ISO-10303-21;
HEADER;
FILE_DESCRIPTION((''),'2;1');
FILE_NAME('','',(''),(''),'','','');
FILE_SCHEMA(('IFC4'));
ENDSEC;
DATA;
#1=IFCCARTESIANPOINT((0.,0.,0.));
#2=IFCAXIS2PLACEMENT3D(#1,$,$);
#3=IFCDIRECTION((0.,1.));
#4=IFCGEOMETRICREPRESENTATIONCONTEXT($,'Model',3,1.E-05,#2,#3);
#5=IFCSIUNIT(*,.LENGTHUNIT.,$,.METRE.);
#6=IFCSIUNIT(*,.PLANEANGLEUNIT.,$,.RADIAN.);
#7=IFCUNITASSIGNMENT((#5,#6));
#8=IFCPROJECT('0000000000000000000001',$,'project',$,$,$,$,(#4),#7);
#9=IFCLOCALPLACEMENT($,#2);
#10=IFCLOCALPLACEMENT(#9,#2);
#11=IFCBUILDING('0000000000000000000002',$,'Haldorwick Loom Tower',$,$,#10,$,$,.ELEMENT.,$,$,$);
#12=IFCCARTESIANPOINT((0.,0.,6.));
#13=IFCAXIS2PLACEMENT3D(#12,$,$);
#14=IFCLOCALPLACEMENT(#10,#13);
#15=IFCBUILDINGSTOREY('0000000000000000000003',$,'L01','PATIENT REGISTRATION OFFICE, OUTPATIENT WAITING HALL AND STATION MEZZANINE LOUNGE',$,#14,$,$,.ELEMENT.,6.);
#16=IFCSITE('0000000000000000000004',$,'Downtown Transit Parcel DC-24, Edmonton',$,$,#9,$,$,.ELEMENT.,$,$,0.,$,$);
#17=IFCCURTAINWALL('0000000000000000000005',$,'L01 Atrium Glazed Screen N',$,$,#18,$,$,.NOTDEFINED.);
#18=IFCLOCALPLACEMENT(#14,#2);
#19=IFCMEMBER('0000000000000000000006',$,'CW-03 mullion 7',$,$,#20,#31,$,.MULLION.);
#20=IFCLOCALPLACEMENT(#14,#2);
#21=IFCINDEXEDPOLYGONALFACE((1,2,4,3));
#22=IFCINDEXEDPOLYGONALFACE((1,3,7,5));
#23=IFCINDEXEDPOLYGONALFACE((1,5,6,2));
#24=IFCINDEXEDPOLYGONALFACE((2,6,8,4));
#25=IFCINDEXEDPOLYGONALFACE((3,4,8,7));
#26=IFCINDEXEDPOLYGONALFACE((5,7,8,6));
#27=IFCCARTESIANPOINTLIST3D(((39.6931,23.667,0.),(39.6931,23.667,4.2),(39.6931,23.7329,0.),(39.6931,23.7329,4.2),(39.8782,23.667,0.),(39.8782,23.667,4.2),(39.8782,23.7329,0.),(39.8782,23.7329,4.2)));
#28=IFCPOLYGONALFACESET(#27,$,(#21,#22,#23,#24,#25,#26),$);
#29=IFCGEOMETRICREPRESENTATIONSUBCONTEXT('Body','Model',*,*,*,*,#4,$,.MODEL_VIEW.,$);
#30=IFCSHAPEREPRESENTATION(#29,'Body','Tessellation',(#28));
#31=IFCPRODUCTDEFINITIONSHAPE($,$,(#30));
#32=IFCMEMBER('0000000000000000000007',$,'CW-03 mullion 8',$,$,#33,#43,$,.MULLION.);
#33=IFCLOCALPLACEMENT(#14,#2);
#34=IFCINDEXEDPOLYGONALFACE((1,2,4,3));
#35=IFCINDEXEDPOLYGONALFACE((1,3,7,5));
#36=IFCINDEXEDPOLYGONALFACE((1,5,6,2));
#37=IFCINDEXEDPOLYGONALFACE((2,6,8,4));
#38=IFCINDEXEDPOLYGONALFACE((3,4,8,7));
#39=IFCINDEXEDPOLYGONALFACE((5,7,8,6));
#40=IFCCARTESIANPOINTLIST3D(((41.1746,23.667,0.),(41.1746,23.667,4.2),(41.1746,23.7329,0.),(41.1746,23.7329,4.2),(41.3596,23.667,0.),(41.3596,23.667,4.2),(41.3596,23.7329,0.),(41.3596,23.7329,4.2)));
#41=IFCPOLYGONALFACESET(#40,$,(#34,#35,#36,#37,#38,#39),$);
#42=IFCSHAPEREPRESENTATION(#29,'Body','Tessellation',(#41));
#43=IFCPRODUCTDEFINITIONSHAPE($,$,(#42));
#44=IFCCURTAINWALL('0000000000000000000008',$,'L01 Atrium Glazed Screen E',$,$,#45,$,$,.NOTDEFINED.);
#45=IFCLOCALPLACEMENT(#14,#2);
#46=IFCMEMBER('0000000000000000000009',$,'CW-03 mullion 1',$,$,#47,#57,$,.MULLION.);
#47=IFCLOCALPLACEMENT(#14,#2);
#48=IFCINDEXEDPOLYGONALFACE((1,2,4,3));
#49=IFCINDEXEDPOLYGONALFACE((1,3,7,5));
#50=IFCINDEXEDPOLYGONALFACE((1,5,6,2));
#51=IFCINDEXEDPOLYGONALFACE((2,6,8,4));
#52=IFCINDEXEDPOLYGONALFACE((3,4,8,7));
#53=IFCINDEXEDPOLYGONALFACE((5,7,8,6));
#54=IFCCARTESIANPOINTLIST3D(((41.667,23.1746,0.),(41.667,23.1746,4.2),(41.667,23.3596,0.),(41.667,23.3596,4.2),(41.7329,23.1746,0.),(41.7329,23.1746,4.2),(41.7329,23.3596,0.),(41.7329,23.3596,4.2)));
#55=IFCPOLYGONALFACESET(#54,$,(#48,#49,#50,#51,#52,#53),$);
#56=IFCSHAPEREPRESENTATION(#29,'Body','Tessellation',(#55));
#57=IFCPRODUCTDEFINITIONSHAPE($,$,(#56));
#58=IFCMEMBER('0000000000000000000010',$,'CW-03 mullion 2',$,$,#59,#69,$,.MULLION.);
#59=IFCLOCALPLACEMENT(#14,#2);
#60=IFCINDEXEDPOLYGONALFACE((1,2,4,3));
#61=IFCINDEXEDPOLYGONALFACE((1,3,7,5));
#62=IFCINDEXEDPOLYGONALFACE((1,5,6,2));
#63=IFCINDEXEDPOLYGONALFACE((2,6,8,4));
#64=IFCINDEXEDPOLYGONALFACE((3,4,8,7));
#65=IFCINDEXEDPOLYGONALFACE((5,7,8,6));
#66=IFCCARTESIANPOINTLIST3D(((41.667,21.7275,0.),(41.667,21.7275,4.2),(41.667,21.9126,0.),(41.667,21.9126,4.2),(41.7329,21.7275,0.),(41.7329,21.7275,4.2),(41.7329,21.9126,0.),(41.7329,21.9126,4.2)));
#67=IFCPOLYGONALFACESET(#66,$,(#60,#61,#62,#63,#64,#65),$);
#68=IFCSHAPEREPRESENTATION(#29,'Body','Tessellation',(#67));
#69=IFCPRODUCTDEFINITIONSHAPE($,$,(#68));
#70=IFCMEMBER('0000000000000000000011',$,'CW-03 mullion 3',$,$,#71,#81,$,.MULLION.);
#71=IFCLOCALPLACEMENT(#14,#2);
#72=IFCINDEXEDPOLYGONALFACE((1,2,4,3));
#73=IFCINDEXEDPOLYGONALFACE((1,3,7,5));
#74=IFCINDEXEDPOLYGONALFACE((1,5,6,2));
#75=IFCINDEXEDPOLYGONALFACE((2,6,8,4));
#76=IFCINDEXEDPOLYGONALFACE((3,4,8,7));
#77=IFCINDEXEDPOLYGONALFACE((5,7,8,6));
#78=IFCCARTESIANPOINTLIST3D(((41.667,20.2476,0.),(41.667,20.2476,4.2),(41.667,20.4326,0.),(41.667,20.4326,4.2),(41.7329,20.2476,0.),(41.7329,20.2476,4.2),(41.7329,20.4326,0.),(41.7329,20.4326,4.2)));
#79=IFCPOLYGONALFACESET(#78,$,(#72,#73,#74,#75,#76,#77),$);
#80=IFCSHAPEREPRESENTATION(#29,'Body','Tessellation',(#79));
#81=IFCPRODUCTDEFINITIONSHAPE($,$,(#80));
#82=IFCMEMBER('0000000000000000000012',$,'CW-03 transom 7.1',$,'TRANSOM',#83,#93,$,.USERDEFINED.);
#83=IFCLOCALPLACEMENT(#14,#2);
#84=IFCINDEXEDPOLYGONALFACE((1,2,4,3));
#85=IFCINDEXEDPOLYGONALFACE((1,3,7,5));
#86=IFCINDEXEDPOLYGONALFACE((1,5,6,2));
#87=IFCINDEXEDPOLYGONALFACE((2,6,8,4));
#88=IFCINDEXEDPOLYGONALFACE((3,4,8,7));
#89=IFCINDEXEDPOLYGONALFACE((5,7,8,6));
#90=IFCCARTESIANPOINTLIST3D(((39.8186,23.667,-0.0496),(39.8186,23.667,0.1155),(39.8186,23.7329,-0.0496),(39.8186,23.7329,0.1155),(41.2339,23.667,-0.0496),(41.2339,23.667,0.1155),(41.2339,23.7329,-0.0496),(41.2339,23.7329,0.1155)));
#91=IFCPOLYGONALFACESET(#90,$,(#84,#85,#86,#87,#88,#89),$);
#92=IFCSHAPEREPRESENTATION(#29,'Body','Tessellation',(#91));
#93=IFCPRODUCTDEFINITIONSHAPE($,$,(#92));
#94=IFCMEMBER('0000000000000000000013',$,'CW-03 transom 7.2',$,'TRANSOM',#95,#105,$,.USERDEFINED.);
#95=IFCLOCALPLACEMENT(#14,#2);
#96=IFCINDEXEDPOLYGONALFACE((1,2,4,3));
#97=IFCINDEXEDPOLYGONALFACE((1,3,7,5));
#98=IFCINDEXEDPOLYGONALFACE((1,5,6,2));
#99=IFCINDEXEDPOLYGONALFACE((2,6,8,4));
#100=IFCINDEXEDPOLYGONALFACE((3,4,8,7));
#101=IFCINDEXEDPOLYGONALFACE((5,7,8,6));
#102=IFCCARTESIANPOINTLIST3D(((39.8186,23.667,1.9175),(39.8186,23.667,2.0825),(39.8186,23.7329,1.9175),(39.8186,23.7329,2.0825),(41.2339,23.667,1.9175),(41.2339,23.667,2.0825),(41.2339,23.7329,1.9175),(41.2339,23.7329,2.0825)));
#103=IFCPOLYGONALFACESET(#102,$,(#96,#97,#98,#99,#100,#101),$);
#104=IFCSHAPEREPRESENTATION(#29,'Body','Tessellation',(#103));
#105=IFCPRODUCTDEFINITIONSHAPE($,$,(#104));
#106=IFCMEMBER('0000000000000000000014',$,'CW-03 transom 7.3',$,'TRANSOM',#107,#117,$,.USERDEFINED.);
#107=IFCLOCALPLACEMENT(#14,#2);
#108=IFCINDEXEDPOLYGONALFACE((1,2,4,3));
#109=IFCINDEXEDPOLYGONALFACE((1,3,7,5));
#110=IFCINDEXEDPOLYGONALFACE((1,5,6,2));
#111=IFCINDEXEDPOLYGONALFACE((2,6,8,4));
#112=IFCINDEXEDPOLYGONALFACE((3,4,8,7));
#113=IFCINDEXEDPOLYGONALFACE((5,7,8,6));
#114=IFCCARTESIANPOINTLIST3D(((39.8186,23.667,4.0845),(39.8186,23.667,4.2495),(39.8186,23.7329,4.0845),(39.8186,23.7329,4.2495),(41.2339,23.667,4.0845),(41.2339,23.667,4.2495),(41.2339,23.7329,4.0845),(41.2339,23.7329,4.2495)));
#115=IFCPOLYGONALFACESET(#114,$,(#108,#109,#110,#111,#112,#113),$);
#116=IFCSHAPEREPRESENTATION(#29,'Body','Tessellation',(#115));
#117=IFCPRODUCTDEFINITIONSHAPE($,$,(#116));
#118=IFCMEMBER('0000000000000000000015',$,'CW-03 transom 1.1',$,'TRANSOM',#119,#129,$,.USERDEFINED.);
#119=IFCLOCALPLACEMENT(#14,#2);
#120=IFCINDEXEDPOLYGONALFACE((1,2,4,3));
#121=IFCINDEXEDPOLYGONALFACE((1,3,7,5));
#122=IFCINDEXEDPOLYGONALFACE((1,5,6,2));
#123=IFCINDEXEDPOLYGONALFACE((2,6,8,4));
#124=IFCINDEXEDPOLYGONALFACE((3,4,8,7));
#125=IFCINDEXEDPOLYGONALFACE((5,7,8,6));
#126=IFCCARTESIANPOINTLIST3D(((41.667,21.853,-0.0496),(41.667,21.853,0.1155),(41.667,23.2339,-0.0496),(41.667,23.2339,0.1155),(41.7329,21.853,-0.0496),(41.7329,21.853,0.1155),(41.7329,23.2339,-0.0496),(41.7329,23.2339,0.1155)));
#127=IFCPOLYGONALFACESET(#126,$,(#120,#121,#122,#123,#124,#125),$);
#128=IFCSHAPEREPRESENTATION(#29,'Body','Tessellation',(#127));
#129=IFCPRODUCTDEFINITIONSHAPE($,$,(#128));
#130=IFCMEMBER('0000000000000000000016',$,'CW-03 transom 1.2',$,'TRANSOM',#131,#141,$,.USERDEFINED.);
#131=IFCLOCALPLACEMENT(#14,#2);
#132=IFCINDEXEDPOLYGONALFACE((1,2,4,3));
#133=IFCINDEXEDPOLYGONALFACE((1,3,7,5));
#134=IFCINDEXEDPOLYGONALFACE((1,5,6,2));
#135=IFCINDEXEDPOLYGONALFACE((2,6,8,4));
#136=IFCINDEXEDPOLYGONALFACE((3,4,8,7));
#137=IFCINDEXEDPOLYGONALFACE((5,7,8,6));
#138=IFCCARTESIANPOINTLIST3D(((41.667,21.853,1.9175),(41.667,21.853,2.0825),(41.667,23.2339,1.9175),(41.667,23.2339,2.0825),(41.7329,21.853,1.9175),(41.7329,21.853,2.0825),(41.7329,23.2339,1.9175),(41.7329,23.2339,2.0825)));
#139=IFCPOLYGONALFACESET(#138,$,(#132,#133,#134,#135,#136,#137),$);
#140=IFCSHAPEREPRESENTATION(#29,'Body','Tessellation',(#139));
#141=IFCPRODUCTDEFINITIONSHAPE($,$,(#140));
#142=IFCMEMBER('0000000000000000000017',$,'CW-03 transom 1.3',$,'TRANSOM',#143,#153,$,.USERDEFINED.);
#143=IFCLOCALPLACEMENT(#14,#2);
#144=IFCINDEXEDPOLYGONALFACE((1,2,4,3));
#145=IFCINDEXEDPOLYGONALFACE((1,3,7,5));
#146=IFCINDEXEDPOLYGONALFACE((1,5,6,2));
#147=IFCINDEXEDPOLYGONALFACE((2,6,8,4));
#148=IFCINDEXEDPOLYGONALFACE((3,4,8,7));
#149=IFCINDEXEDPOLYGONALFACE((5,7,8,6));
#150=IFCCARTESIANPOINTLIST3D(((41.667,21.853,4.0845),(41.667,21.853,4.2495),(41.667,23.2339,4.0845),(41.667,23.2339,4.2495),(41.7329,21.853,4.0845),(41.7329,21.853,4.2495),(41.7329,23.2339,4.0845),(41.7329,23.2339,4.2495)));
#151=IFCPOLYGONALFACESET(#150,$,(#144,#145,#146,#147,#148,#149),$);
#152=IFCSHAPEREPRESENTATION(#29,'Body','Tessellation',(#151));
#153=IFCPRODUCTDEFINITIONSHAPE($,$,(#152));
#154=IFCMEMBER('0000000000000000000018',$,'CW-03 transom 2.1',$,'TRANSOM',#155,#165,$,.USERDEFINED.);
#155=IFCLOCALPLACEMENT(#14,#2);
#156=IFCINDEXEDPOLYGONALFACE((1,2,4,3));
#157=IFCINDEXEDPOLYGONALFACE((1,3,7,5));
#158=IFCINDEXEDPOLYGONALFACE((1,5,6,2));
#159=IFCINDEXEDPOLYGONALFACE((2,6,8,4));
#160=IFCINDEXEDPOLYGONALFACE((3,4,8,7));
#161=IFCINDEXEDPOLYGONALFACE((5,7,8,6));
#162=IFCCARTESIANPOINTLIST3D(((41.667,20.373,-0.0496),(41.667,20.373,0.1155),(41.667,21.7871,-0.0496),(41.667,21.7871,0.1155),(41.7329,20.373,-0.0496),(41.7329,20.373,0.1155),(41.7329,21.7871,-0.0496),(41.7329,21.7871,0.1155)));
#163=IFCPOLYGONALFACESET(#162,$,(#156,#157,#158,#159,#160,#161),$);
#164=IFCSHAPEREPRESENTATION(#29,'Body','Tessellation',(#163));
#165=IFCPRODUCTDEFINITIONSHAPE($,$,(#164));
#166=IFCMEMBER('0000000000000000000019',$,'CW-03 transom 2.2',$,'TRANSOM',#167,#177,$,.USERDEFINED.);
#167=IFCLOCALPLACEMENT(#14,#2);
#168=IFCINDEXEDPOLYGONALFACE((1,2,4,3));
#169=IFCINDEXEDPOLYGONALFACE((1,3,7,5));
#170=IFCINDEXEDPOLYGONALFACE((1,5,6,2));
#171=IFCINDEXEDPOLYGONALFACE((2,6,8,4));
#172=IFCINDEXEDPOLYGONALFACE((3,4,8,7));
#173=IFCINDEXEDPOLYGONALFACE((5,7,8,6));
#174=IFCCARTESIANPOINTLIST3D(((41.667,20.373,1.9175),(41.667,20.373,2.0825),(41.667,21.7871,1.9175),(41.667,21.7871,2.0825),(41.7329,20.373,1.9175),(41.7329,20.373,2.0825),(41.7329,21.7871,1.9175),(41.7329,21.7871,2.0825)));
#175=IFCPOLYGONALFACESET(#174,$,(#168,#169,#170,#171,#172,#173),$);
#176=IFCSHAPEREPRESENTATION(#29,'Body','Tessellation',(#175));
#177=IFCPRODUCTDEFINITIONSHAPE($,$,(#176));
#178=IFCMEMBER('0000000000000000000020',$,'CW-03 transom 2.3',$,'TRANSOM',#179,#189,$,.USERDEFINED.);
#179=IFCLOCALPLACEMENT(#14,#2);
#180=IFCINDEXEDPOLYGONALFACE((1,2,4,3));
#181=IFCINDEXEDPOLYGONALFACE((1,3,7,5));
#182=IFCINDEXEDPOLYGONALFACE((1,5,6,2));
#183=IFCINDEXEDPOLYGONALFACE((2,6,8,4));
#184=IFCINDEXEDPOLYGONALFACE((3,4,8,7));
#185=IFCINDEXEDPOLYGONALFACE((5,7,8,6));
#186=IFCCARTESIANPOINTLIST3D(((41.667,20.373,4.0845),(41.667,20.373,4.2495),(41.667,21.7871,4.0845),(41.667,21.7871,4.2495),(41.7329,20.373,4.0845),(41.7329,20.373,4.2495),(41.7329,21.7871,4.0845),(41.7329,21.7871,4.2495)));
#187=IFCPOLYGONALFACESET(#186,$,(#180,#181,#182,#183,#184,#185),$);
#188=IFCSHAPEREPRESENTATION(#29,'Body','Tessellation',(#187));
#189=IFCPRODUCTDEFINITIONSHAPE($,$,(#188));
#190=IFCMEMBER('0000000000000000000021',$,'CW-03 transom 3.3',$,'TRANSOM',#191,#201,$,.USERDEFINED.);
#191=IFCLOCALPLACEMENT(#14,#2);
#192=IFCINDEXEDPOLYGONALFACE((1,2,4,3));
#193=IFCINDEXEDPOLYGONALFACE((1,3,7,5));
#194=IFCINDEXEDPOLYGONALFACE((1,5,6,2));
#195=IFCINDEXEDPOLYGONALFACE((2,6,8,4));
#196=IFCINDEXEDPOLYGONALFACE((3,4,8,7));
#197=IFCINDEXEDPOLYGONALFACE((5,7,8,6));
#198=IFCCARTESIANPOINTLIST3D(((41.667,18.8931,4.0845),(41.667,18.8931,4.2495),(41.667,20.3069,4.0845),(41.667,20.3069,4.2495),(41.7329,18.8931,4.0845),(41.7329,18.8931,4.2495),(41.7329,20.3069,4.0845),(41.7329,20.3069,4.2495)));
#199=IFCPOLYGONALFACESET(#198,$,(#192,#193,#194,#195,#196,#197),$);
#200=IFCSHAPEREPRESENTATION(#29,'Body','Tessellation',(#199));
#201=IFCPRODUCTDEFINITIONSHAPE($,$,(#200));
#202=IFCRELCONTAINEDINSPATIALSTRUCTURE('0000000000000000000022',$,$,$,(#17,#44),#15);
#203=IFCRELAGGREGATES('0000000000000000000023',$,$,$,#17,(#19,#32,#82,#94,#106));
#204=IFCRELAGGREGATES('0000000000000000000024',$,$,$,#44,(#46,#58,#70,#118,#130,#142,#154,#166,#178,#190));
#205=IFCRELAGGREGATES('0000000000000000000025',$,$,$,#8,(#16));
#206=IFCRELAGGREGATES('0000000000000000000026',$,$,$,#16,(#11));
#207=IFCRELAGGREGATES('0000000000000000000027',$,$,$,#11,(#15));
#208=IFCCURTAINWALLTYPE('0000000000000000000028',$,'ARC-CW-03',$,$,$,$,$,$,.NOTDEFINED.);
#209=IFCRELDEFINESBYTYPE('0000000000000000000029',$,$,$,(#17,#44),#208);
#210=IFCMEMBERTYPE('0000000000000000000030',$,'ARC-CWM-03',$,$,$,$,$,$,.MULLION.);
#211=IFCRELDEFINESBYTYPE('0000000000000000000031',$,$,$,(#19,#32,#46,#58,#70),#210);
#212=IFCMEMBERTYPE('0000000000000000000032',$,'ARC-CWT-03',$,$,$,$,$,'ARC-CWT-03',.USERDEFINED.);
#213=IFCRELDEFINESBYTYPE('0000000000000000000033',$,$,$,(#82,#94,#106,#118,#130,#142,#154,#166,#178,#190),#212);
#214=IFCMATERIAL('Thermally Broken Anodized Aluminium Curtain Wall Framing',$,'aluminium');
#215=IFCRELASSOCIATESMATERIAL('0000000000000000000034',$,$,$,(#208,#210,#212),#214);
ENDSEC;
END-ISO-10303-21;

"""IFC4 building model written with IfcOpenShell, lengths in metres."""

from ifc_helpers import new_model, si_unit, direction, frame, origin, origin_2d, place, context, subcontext, project, spatial, rectangle, extrude, material, material_profile, profile_set, type_object, element, aggregate, save


model = new_model("IFC4")

# Units and contexts
model_context = context("Model", 3, precision=1e-05, world=origin(), true_north=direction((0.0, 1.0)))
body_context = subcontext(model_context, "Body", "Model", "MODEL_VIEW")
ifc_project = project(units=[si_unit("LENGTHUNIT", "METRE"), si_unit("PLANEANGLEUNIT", "RADIAN")], contexts=[model_context])

# Site, building, storey
site_placement = place(None, origin())
site = spatial("IfcSite", under=ifc_project, at=site_placement, Name="Downtown Transit Parcel DC-24, Edmonton", CompositionType="ELEMENT", RefElevation=0.0)
building_placement = place(site_placement, origin())
building = spatial("IfcBuilding", under=site, at=building_placement, Name="Haldorwick Loom Tower", CompositionType="ELEMENT")
storey_placement = place(building_placement, frame((0.0, 0.0, 6.0)))
storey = spatial("IfcBuildingStorey", under=building, at=storey_placement, Name="L01", Description="PATIENT REGISTRATION OFFICE, OUTPATIENT WAITING HALL AND STATION MEZZANINE LOUNGE", CompositionType="ELEMENT", Elevation=6.0)

# Curtain walls, members
ifc_material_1 = material(Name="Thermally Broken Anodized Aluminium Curtain Wall Framing", Category="aluminium")
curtain_wall_type = type_object("IfcCurtainWallType", Name="ARC-CW-03", PredefinedType="NOTDEFINED", material=ifc_material_1)
curtain_wall_1_placement = place(storey_placement, origin())
curtain_wall_1 = element("IfcCurtainWall", 1, at=curtain_wall_1_placement, inside=storey, type_object=curtain_wall_type, Name="L01 Atrium Glazed Screen N", PredefinedType="NOTDEFINED")
ifc_material_profile_1 = material_profile(ifc_material_1, rectangle(XDim=0.0659, YDim=0.1851, at=origin_2d()), Name="ALU_MUL_66X185", Category="aluminium")
ifc_profile_set_1 = profile_set([ifc_material_profile_1], Name="Thermally Broken Anodized Aluminium Curtain Wall Framing")
member_type_1 = type_object("IfcMemberType", Name="ARC-CWM-03", PredefinedType="MULLION", material=ifc_profile_set_1)
member_1_placement = place(storey_placement, frame((39.7856, 23.7, 0.0), z_axis=(0.0, 0.0, 1.0), x_axis=(0.0, 1.0, 0.0)))
member_1 = element("IfcMember", 2, at=member_1_placement, type_object=member_type_1, Name="CW-03 mullion 7", PredefinedType="MULLION", context=body_context, shape_type="SweptSolid", body=[
    extrude(rectangle(XDim=0.0659, YDim=0.1851, at=origin_2d()), origin(), (0.0, 0.0, 1.0), 4.2),
])
member_2_placement = place(storey_placement, frame((41.2671, 23.7, 0.0), z_axis=(0.0, 0.0, 1.0), x_axis=(0.0, 1.0, 0.0)))
member_2 = element("IfcMember", 3, at=member_2_placement, type_object=member_type_1, Name="CW-03 mullion 8", PredefinedType="MULLION", context=body_context, shape_type="SweptSolid", body=[
    extrude(rectangle(XDim=0.0659, YDim=0.1851, at=origin_2d()), origin(), (0.0, 0.0, 1.0), 4.2),
])
curtain_wall_2_placement = place(storey_placement, origin())
curtain_wall_2 = element("IfcCurtainWall", 4, at=curtain_wall_2_placement, inside=storey, type_object=curtain_wall_type, Name="L01 Atrium Glazed Screen E", PredefinedType="NOTDEFINED")
member_3_placement = place(storey_placement, frame((41.7, 23.2671, 0.0), z_axis=(0.0, 0.0, 1.0), x_axis=(1.0, 0.0, 0.0)))
member_3 = element("IfcMember", 5, at=member_3_placement, type_object=member_type_1, Name="CW-03 mullion 1", PredefinedType="MULLION", context=body_context, shape_type="SweptSolid", body=[
    extrude(rectangle(XDim=0.0659, YDim=0.1851, at=origin_2d()), origin(), (0.0, 0.0, 1.0), 4.2),
])
member_4_placement = place(storey_placement, frame((41.7, 21.8201, 0.0), z_axis=(0.0, 0.0, 1.0), x_axis=(1.0, 0.0, 0.0)))
member_4 = element("IfcMember", 6, at=member_4_placement, type_object=member_type_1, Name="CW-03 mullion 2", PredefinedType="MULLION", context=body_context, shape_type="SweptSolid", body=[
    extrude(rectangle(XDim=0.0659, YDim=0.1851, at=origin_2d()), origin(), (0.0, 0.0, 1.0), 4.2),
])
member_5_placement = place(storey_placement, frame((41.7, 20.3401, 0.0), z_axis=(0.0, 0.0, 1.0), x_axis=(1.0, 0.0, 0.0)))
member_5 = element("IfcMember", 7, at=member_5_placement, type_object=member_type_1, Name="CW-03 mullion 3", PredefinedType="MULLION", context=body_context, shape_type="SweptSolid", body=[
    extrude(rectangle(XDim=0.0659, YDim=0.1851, at=origin_2d()), origin(), (0.0, 0.0, 1.0), 4.2),
])

# Members
ifc_material_profile_2 = material_profile(ifc_material_1, rectangle(XDim=0.0659, YDim=0.165, at=origin_2d()), Name="ALU_TRN_66X165", Category="aluminium")
ifc_profile_set_2 = profile_set([ifc_material_profile_2], Name="Thermally Broken Anodized Aluminium Curtain Wall Framing")
member_type_2 = type_object("IfcMemberType", Name="ARC-CWT-03", ElementType="ARC-CWT-03", PredefinedType="USERDEFINED", material=ifc_profile_set_2)
member_6_placement = place(storey_placement, frame((39.8186, 23.7, 0.033), z_axis=(1.0, 0.0, 0.0), x_axis=(0.0, 1.0, 0.0)))
member_6 = element("IfcMember", 8, at=member_6_placement, type_object=member_type_2, Name="CW-03 transom 7.1", ObjectType="TRANSOM", PredefinedType="USERDEFINED", context=body_context, shape_type="SweptSolid", body=[
    extrude(rectangle(XDim=0.0659, YDim=0.165, at=origin_2d()), origin(), (0.0, 0.0, 1.0), 1.4153),
])
member_7_placement = place(storey_placement, frame((39.8186, 23.7, 2.0), z_axis=(1.0, 0.0, 0.0), x_axis=(0.0, 1.0, 0.0)))
member_7 = element("IfcMember", 9, at=member_7_placement, type_object=member_type_2, Name="CW-03 transom 7.2", ObjectType="TRANSOM", PredefinedType="USERDEFINED", context=body_context, shape_type="SweptSolid", body=[
    extrude(rectangle(XDim=0.0659, YDim=0.165, at=origin_2d()), origin(), (0.0, 0.0, 1.0), 1.4153),
])
member_8_placement = place(storey_placement, frame((39.8186, 23.7, 4.167), z_axis=(1.0, 0.0, 0.0), x_axis=(0.0, 1.0, 0.0)))
member_8 = element("IfcMember", 10, at=member_8_placement, type_object=member_type_2, Name="CW-03 transom 7.3", ObjectType="TRANSOM", PredefinedType="USERDEFINED", context=body_context, shape_type="SweptSolid", body=[
    extrude(rectangle(XDim=0.0659, YDim=0.165, at=origin_2d()), origin(), (0.0, 0.0, 1.0), 1.4153),
])
member_9_placement = place(storey_placement, frame((41.7, 23.2339, 0.033), z_axis=(0.0, -1.0, 0.0), x_axis=(1.0, 0.0, 0.0)))
member_9 = element("IfcMember", 11, at=member_9_placement, type_object=member_type_2, Name="CW-03 transom 1.1", ObjectType="TRANSOM", PredefinedType="USERDEFINED", context=body_context, shape_type="SweptSolid", body=[
    extrude(rectangle(XDim=0.0659, YDim=0.165, at=origin_2d()), origin(), (0.0, 0.0, 1.0), 1.3809),
])
member_10_placement = place(storey_placement, frame((41.7, 23.2339, 2.0), z_axis=(0.0, -1.0, 0.0), x_axis=(1.0, 0.0, 0.0)))
member_10 = element("IfcMember", 12, at=member_10_placement, type_object=member_type_2, Name="CW-03 transom 1.2", ObjectType="TRANSOM", PredefinedType="USERDEFINED", context=body_context, shape_type="SweptSolid", body=[
    extrude(rectangle(XDim=0.0659, YDim=0.165, at=origin_2d()), origin(), (0.0, 0.0, 1.0), 1.3809),
])
member_11_placement = place(storey_placement, frame((41.7, 23.2339, 4.167), z_axis=(0.0, -1.0, 0.0), x_axis=(1.0, 0.0, 0.0)))
member_11 = element("IfcMember", 13, at=member_11_placement, type_object=member_type_2, Name="CW-03 transom 1.3", ObjectType="TRANSOM", PredefinedType="USERDEFINED", context=body_context, shape_type="SweptSolid", body=[
    extrude(rectangle(XDim=0.0659, YDim=0.165, at=origin_2d()), origin(), (0.0, 0.0, 1.0), 1.3809),
])
member_12_placement = place(storey_placement, frame((41.7, 21.7871, 0.033), z_axis=(0.0, -1.0, 0.0), x_axis=(1.0, 0.0, 0.0)))
member_12 = element("IfcMember", 14, at=member_12_placement, type_object=member_type_2, Name="CW-03 transom 2.1", ObjectType="TRANSOM", PredefinedType="USERDEFINED", context=body_context, shape_type="SweptSolid", body=[
    extrude(rectangle(XDim=0.0659, YDim=0.165, at=origin_2d()), origin(), (0.0, 0.0, 1.0), 1.4141),
])
member_13_placement = place(storey_placement, frame((41.7, 21.7871, 2.0), z_axis=(0.0, -1.0, 0.0), x_axis=(1.0, 0.0, 0.0)))
member_13 = element("IfcMember", 15, at=member_13_placement, type_object=member_type_2, Name="CW-03 transom 2.2", ObjectType="TRANSOM", PredefinedType="USERDEFINED", context=body_context, shape_type="SweptSolid", body=[
    extrude(rectangle(XDim=0.0659, YDim=0.165, at=origin_2d()), origin(), (0.0, 0.0, 1.0), 1.4141),
])
member_14_placement = place(storey_placement, frame((41.7, 21.7871, 4.167), z_axis=(0.0, -1.0, 0.0), x_axis=(1.0, 0.0, 0.0)))
member_14 = element("IfcMember", 16, at=member_14_placement, type_object=member_type_2, Name="CW-03 transom 2.3", ObjectType="TRANSOM", PredefinedType="USERDEFINED", context=body_context, shape_type="SweptSolid", body=[
    extrude(rectangle(XDim=0.0659, YDim=0.165, at=origin_2d()), origin(), (0.0, 0.0, 1.0), 1.4141),
])
member_15_placement = place(storey_placement, frame((41.7, 20.3069, 4.167), z_axis=(0.0, -1.0, 0.0), x_axis=(1.0, 0.0, 0.0)))
member_15 = element("IfcMember", 17, at=member_15_placement, type_object=member_type_2, Name="CW-03 transom 3.3", ObjectType="TRANSOM", PredefinedType="USERDEFINED", context=body_context, shape_type="SweptSolid", body=[
    extrude(rectangle(XDim=0.0659, YDim=0.165, at=origin_2d()), origin(), (0.0, 0.0, 1.0), 1.4138),
])

aggregate(curtain_wall_1, [member_1, member_2, member_6, member_7, member_8])
aggregate(curtain_wall_2, [member_3, member_4, member_5, member_9, member_10, member_11, member_12, member_13, member_14, member_15])

save(model, "model.ifc")
